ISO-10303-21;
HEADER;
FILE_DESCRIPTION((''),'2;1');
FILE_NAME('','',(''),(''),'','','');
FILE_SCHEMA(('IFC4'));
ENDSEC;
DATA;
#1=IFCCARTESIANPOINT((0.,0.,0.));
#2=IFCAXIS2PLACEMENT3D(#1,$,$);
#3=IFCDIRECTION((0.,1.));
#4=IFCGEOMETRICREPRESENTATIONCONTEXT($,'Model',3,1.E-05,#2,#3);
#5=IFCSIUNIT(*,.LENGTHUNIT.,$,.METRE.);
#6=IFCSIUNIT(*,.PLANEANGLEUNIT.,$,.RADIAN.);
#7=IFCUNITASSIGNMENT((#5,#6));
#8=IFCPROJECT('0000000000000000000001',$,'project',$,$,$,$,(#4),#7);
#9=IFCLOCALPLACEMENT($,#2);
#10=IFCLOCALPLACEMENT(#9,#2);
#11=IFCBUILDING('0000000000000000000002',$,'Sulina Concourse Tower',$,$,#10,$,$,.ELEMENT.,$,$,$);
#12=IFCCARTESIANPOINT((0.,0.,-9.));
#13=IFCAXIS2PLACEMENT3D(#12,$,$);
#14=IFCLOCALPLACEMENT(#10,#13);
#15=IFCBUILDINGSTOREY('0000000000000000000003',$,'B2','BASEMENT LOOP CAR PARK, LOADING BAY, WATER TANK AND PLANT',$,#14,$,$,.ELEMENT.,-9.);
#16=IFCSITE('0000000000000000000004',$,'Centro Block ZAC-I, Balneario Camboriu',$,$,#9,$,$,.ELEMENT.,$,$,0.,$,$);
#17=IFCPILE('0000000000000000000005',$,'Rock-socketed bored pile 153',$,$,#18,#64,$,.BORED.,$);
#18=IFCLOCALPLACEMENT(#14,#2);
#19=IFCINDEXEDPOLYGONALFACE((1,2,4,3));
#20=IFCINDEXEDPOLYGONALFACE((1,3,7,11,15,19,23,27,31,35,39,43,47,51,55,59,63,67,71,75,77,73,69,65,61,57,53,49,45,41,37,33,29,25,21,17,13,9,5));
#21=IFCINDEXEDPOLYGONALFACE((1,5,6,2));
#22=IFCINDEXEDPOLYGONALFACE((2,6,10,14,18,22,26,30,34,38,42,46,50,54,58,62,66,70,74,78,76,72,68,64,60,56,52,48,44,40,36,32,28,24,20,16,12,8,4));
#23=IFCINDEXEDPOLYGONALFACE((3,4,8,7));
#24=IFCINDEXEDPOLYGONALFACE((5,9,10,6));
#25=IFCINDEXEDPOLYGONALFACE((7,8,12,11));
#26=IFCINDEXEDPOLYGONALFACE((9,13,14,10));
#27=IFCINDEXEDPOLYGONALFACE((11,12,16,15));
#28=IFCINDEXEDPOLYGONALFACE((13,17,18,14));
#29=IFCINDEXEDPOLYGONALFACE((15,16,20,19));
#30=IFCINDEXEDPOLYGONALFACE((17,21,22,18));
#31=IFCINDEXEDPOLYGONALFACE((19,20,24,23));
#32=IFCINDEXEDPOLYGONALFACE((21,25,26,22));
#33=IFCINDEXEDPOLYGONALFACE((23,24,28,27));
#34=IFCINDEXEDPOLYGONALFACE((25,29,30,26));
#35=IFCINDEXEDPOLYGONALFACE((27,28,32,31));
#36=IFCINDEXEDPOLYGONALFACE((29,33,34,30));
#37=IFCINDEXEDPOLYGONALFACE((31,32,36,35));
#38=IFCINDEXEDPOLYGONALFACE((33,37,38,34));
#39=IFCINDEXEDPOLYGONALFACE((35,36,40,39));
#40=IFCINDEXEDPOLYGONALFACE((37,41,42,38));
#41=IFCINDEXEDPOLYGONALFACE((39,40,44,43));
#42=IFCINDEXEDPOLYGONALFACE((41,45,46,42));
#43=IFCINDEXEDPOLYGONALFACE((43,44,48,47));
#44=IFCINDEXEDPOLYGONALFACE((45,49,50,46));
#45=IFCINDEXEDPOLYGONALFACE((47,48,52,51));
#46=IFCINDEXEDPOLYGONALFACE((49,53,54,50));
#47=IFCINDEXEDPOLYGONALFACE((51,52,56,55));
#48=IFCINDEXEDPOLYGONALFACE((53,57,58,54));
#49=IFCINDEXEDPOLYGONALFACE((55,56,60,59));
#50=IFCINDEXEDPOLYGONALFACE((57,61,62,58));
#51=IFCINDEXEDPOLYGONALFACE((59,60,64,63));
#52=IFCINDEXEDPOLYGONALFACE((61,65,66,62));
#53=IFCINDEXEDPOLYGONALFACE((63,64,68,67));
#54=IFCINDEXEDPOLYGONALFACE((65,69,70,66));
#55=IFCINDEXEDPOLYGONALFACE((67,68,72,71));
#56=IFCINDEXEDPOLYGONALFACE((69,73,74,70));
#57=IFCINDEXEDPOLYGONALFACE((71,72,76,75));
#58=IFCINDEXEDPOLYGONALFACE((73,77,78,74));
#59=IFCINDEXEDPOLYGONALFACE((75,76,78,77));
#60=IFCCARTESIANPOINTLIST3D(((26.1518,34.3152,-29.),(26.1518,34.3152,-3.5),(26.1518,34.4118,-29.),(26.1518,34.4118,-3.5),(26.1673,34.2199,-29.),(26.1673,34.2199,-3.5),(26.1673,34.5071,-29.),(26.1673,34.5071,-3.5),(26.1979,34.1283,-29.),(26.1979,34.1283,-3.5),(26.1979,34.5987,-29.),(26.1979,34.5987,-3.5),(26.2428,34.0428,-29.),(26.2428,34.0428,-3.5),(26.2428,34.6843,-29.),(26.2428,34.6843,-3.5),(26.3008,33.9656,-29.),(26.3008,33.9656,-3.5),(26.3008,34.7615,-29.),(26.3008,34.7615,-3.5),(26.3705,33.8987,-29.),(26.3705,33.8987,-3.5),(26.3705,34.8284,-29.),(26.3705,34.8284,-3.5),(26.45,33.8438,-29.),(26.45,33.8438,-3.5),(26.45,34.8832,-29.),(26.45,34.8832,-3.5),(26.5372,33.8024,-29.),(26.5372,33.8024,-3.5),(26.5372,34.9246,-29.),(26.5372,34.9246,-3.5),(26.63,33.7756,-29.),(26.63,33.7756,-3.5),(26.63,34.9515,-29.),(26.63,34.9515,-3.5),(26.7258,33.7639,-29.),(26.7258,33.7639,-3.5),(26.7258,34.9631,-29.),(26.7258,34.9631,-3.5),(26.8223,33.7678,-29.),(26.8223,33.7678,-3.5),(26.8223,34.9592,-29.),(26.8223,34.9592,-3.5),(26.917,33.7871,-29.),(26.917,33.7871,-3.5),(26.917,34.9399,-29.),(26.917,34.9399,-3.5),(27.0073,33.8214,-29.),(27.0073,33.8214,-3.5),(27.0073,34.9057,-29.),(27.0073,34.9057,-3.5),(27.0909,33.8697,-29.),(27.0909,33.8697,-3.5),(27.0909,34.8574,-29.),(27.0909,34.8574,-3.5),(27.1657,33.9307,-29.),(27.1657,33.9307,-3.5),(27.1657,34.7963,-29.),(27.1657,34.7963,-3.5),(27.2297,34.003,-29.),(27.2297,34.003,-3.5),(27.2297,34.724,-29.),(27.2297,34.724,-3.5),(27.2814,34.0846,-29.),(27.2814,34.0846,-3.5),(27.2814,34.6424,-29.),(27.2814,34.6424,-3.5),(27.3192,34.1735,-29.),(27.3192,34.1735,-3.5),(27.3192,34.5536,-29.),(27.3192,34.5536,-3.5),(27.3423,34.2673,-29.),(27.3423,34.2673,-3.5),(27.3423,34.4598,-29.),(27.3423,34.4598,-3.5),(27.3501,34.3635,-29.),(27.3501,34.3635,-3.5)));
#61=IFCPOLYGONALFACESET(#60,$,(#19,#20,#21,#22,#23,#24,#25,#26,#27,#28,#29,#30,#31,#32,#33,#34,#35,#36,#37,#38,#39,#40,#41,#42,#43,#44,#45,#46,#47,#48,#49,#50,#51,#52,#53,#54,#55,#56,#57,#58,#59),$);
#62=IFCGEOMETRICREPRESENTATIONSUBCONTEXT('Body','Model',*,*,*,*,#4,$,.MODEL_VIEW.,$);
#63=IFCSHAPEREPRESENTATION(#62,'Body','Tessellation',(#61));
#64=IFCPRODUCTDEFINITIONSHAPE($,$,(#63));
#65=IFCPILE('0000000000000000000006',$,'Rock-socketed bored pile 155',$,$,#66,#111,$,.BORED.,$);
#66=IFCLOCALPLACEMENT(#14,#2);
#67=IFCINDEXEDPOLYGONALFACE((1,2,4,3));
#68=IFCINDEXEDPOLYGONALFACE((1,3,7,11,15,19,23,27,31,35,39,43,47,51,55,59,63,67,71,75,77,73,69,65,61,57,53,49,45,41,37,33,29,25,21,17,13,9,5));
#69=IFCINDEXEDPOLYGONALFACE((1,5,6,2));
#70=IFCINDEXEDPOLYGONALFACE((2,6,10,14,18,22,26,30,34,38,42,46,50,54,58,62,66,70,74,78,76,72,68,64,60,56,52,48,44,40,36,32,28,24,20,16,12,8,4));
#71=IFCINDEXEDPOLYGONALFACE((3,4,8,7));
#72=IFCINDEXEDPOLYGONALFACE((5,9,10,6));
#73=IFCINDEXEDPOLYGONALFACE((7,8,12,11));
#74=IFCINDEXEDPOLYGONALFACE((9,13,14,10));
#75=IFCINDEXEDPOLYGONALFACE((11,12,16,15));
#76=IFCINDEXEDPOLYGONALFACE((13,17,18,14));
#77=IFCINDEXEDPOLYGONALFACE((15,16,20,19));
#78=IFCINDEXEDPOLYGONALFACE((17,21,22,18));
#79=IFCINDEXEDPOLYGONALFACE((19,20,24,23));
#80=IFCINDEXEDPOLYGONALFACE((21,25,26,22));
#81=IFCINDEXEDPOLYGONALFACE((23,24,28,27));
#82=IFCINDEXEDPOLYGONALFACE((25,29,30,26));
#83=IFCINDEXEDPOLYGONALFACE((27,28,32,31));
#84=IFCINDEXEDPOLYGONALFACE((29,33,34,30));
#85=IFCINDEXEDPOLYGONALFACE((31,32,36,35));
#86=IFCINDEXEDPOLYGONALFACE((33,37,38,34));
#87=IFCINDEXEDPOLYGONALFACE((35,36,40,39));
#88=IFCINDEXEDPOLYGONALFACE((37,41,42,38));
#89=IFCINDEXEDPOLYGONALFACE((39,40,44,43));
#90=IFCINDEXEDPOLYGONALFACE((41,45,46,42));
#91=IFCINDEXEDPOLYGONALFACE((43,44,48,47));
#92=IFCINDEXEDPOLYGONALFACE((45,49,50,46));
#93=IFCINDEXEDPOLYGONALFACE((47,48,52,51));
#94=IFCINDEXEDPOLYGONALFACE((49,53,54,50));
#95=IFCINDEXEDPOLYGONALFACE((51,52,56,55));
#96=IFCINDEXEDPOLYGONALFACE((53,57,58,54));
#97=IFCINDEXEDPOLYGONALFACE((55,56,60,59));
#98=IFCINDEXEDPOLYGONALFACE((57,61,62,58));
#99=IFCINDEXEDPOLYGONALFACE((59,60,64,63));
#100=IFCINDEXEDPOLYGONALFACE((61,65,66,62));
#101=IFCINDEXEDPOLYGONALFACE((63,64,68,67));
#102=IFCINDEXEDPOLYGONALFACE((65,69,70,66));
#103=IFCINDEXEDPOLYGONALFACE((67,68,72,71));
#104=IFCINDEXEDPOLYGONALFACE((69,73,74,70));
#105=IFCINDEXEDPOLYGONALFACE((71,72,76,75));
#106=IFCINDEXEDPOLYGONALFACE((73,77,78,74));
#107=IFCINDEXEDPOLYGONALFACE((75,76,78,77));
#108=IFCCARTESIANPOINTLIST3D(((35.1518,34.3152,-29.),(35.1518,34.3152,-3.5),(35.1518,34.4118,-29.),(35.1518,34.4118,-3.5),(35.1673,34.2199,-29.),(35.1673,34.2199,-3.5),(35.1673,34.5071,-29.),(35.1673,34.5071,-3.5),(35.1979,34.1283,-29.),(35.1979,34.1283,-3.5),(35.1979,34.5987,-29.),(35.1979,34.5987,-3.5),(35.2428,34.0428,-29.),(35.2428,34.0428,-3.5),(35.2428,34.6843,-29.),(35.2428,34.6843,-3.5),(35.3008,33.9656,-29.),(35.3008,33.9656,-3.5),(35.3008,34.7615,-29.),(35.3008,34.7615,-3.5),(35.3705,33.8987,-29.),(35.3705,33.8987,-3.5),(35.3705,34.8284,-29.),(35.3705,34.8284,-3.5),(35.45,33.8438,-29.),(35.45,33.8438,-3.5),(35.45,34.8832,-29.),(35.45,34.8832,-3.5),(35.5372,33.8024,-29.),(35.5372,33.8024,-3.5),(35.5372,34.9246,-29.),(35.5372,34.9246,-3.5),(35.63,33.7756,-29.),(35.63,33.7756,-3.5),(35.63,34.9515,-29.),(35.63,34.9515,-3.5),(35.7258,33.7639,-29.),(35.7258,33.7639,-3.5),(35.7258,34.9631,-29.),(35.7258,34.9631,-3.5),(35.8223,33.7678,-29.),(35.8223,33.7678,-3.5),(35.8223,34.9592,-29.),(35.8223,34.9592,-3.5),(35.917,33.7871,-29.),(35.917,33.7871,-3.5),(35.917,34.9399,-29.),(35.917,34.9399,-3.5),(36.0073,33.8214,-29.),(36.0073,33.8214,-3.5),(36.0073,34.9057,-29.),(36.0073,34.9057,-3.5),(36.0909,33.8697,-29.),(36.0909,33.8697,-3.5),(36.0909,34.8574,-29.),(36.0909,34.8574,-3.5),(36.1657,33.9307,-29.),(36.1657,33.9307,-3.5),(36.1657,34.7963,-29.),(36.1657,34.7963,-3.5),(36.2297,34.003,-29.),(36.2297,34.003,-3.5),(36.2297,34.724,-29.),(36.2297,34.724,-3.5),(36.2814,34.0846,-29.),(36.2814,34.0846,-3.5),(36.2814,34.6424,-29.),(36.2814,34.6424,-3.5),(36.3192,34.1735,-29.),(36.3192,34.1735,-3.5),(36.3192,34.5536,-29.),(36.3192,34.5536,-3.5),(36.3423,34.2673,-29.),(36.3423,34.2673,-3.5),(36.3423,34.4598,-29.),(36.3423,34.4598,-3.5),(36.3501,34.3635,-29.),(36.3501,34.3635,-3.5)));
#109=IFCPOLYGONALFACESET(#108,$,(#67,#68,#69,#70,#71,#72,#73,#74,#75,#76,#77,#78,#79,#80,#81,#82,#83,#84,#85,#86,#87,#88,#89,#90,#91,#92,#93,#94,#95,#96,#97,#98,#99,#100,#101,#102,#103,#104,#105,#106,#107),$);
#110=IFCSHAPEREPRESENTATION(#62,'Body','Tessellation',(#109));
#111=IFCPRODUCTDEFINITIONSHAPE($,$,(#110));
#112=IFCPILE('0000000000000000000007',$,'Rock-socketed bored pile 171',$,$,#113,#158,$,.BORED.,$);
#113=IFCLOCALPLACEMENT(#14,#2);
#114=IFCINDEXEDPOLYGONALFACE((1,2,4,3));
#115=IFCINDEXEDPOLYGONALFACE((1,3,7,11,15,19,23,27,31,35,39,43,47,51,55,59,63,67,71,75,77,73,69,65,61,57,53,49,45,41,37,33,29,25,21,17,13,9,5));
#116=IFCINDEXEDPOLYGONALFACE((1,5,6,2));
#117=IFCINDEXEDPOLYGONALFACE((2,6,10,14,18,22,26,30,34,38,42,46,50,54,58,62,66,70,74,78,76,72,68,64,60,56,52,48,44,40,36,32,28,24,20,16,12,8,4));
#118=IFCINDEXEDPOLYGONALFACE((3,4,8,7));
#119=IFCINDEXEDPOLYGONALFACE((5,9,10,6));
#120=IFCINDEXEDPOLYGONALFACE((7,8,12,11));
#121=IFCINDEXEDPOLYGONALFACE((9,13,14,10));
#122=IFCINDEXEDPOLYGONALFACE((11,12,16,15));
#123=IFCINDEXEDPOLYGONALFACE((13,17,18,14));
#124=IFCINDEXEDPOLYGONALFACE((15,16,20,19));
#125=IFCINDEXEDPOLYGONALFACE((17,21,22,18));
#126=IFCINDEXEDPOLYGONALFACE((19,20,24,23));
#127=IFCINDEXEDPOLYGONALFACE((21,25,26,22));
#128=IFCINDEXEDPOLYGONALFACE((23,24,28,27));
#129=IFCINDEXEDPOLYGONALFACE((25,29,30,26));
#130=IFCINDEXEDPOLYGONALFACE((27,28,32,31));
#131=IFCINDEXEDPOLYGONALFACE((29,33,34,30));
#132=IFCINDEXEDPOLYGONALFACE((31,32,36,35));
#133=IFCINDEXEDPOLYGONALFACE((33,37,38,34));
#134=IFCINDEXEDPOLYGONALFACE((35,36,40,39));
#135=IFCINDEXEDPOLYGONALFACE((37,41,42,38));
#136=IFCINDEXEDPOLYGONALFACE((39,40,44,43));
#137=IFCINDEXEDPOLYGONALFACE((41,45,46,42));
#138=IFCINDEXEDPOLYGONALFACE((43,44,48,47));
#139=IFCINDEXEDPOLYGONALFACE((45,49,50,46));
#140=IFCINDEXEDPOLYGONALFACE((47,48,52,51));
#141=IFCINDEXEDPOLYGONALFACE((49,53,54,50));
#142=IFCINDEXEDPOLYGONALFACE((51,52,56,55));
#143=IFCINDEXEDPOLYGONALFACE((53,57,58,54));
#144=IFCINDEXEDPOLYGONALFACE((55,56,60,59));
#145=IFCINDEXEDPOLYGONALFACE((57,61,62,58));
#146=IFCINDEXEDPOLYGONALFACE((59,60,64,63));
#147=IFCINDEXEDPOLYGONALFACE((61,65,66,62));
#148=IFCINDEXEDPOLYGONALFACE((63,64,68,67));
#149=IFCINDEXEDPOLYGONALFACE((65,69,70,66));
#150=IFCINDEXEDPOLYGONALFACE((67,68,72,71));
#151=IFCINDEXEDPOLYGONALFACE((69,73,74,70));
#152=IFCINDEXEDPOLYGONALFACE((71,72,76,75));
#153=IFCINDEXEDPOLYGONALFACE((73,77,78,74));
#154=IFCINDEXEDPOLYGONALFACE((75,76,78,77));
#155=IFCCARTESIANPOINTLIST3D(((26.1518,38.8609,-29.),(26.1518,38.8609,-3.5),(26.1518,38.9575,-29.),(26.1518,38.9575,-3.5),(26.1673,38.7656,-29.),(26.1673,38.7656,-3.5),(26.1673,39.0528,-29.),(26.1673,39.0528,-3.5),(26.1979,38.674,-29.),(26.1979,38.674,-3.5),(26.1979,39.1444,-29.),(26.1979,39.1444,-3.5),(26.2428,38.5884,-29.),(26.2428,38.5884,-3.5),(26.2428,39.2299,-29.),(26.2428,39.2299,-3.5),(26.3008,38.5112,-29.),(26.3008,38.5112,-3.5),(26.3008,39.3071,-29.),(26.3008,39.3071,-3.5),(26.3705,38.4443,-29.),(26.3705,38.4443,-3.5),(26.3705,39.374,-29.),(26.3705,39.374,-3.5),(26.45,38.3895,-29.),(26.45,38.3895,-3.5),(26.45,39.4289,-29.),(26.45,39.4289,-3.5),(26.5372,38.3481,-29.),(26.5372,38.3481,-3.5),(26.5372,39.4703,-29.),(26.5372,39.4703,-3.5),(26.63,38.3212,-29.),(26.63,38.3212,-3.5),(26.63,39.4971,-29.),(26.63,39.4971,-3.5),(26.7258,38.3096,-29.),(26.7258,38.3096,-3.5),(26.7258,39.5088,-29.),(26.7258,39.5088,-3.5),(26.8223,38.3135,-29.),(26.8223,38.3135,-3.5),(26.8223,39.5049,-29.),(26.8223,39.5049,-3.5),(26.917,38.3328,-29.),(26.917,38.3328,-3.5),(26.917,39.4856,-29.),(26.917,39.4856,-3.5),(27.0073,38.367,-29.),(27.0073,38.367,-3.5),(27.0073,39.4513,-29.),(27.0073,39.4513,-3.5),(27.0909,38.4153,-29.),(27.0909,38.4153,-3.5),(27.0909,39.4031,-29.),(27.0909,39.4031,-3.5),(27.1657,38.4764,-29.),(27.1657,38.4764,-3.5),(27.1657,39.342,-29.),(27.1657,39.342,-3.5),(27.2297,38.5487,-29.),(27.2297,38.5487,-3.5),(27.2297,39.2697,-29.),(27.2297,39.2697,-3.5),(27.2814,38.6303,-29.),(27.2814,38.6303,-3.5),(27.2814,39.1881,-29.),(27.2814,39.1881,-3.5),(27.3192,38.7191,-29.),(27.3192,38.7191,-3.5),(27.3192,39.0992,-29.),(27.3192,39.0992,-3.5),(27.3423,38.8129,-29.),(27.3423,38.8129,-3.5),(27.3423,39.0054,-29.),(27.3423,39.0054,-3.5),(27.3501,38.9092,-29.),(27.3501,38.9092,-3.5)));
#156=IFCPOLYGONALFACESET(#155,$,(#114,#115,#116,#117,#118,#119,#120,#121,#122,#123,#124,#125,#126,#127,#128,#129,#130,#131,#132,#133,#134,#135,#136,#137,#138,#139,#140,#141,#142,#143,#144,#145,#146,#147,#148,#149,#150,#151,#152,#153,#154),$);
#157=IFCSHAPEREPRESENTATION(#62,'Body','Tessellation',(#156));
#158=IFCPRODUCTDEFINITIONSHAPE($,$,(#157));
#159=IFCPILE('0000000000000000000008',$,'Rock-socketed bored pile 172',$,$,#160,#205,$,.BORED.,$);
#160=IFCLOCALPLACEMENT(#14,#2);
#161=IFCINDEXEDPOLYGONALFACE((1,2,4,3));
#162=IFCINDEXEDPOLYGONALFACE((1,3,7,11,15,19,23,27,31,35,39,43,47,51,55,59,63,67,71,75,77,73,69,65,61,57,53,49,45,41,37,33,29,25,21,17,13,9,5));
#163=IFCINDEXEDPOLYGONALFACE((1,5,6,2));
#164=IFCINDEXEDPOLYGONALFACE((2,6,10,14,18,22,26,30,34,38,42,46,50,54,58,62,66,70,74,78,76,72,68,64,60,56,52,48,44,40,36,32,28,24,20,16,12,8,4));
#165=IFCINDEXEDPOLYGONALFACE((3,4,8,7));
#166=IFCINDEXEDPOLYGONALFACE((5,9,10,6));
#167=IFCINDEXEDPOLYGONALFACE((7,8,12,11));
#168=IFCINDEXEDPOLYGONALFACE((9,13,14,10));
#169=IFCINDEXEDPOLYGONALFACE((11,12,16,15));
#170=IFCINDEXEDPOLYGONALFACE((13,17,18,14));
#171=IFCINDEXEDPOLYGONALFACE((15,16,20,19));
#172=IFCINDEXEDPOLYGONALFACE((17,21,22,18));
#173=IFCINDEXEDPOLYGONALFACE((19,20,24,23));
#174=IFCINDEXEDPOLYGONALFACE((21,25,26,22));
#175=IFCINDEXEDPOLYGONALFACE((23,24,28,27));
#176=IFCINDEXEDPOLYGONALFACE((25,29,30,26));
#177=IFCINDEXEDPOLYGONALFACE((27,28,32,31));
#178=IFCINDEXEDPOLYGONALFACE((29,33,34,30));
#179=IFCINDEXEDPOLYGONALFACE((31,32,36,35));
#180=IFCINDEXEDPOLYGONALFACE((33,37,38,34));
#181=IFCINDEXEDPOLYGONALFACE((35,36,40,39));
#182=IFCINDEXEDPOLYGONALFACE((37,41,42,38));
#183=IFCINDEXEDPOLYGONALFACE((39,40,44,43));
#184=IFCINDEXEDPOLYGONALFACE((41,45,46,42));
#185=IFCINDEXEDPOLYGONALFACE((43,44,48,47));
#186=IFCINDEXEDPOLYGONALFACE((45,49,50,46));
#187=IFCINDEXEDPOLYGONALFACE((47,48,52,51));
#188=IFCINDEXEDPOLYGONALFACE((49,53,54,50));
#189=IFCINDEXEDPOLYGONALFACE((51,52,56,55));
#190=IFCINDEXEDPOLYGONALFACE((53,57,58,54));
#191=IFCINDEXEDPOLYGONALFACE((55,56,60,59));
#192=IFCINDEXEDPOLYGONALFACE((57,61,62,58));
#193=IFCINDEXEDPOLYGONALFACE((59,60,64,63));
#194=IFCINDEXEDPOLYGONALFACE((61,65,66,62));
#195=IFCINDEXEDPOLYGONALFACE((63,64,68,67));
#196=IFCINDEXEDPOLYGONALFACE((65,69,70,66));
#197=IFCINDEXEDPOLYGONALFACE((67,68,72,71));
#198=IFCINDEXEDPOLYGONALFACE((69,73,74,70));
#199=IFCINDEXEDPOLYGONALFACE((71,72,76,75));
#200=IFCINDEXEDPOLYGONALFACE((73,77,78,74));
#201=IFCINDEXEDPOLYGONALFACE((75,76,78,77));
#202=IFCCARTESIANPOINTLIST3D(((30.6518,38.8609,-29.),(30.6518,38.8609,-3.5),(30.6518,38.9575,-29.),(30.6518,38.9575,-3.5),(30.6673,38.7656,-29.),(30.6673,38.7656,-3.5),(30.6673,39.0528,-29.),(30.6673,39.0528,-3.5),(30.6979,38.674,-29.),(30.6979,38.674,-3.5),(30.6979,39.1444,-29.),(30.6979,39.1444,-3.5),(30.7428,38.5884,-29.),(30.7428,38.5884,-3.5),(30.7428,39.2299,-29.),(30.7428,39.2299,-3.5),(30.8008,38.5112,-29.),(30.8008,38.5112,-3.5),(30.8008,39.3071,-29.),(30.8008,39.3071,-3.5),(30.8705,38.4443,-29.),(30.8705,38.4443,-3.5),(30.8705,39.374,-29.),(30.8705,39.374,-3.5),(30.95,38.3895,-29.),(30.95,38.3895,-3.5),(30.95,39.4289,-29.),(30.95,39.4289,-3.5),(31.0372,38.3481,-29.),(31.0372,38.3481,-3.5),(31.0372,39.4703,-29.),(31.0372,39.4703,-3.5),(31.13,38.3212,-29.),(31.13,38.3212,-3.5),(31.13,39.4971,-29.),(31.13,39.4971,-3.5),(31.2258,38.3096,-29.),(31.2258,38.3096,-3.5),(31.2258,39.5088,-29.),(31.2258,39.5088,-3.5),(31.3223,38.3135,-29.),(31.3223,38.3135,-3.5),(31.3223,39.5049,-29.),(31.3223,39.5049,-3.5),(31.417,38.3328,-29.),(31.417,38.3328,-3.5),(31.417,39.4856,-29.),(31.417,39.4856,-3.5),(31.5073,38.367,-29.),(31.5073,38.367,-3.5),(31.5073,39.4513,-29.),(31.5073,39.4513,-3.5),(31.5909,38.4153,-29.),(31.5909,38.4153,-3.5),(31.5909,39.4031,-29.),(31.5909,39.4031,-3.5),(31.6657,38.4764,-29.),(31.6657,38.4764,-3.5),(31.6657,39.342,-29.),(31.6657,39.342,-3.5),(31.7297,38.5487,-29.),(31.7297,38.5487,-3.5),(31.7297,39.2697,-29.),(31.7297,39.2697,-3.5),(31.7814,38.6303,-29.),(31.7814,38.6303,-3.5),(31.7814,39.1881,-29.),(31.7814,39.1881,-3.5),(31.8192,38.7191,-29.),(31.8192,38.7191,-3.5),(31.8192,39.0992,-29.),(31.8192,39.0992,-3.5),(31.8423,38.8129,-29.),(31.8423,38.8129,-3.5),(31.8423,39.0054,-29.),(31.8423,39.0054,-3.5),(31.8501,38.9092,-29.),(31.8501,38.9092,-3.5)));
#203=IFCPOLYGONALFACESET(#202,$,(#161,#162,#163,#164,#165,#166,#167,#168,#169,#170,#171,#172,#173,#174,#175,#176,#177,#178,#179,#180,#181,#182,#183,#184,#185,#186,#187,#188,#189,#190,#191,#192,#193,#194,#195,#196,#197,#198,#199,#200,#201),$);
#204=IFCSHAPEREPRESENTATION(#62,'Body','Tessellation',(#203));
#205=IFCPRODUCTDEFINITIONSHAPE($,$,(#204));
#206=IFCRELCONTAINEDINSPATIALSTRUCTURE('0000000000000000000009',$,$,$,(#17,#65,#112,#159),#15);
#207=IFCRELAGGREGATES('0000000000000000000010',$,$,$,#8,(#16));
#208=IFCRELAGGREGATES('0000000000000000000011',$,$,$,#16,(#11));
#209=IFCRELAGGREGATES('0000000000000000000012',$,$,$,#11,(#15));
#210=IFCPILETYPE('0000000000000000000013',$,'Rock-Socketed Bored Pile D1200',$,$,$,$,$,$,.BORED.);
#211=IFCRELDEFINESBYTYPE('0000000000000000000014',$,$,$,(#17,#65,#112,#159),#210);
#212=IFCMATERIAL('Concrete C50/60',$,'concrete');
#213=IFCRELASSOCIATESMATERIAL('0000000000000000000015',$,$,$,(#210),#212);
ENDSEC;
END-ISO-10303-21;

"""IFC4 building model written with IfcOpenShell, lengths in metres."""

from ifc_helpers import new_model, si_unit, direction, frame, origin, origin_2d, place, context, subcontext, project, spatial, circle, extrude, material, material_profile, profile_set, type_object, element, save


model = new_model("IFC4")

# Units and contexts
model_context = context("Model", 3, precision=1e-05, world=origin(), true_north=direction((0.0, 1.0)))
body_context = subcontext(model_context, "Body", "Model", "MODEL_VIEW")
ifc_project = project(units=[si_unit("LENGTHUNIT", "METRE"), si_unit("PLANEANGLEUNIT", "RADIAN")], contexts=[model_context])

# Site, building, storey
site_placement = place(None, origin())
site = spatial("IfcSite", under=ifc_project, at=site_placement, Name="Centro Block ZAC-I, Balneario Camboriu", CompositionType="ELEMENT", RefElevation=0.0)
building_placement = place(site_placement, origin())
building = spatial("IfcBuilding", under=site, at=building_placement, Name="Sulina Concourse Tower", CompositionType="ELEMENT")
storey_placement = place(building_placement, frame((0.0, 0.0, -9.0)))
storey = spatial("IfcBuildingStorey", under=building, at=storey_placement, Name="B2", Description="BASEMENT LOOP CAR PARK, LOADING BAY, WATER TANK AND PLANT", CompositionType="ELEMENT", Elevation=-9.0)

# Piles
ifc_material_1 = material(Name="Concrete C50/60", Category="concrete")
ifc_material_profile_1 = material_profile(ifc_material_1, circle(Radius=0.6001, at=origin_2d()), Name="PILE D1200")
ifc_profile_set_1 = profile_set([ifc_material_profile_1], Name="Concrete C50/60")
pile_type_1 = type_object("IfcPileType", Name="Rock-Socketed Bored Pile D1200", PredefinedType="BORED", material=ifc_profile_set_1)
for number, where, z_axis, x_axis, name in (
    (1, (26.75, 34.3635, -3.5), (0.0, 0.0, -1.0), (1.0, 0.0, 0.0), "Rock-socketed bored pile 153"),
    (2, (35.75, 34.3635, -3.5), (0.0, 0.0, -1.0), (1.0, 0.0, 0.0), "Rock-socketed bored pile 155"),
    (3, (26.75, 38.9092, -3.5), (0.0, 0.0, -1.0), (1.0, 0.0, 0.0), "Rock-socketed bored pile 171"),
    (4, (31.25, 38.9092, -3.5), (0.0, 0.0, -1.0), (1.0, 0.0, 0.0), "Rock-socketed bored pile 172"),
):
    element("IfcPile", number, at=place(storey_placement, frame(where, z_axis=z_axis, x_axis=x_axis)), inside=storey, type_object=pile_type_1, Name=name, PredefinedType="BORED", context=body_context, shape_type="SweptSolid", body=[
        extrude(circle(Radius=0.6001, at=origin_2d()), origin(), (0.0, 0.0, 1.0), 25.5),
    ])

save(model, "model.ifc")
